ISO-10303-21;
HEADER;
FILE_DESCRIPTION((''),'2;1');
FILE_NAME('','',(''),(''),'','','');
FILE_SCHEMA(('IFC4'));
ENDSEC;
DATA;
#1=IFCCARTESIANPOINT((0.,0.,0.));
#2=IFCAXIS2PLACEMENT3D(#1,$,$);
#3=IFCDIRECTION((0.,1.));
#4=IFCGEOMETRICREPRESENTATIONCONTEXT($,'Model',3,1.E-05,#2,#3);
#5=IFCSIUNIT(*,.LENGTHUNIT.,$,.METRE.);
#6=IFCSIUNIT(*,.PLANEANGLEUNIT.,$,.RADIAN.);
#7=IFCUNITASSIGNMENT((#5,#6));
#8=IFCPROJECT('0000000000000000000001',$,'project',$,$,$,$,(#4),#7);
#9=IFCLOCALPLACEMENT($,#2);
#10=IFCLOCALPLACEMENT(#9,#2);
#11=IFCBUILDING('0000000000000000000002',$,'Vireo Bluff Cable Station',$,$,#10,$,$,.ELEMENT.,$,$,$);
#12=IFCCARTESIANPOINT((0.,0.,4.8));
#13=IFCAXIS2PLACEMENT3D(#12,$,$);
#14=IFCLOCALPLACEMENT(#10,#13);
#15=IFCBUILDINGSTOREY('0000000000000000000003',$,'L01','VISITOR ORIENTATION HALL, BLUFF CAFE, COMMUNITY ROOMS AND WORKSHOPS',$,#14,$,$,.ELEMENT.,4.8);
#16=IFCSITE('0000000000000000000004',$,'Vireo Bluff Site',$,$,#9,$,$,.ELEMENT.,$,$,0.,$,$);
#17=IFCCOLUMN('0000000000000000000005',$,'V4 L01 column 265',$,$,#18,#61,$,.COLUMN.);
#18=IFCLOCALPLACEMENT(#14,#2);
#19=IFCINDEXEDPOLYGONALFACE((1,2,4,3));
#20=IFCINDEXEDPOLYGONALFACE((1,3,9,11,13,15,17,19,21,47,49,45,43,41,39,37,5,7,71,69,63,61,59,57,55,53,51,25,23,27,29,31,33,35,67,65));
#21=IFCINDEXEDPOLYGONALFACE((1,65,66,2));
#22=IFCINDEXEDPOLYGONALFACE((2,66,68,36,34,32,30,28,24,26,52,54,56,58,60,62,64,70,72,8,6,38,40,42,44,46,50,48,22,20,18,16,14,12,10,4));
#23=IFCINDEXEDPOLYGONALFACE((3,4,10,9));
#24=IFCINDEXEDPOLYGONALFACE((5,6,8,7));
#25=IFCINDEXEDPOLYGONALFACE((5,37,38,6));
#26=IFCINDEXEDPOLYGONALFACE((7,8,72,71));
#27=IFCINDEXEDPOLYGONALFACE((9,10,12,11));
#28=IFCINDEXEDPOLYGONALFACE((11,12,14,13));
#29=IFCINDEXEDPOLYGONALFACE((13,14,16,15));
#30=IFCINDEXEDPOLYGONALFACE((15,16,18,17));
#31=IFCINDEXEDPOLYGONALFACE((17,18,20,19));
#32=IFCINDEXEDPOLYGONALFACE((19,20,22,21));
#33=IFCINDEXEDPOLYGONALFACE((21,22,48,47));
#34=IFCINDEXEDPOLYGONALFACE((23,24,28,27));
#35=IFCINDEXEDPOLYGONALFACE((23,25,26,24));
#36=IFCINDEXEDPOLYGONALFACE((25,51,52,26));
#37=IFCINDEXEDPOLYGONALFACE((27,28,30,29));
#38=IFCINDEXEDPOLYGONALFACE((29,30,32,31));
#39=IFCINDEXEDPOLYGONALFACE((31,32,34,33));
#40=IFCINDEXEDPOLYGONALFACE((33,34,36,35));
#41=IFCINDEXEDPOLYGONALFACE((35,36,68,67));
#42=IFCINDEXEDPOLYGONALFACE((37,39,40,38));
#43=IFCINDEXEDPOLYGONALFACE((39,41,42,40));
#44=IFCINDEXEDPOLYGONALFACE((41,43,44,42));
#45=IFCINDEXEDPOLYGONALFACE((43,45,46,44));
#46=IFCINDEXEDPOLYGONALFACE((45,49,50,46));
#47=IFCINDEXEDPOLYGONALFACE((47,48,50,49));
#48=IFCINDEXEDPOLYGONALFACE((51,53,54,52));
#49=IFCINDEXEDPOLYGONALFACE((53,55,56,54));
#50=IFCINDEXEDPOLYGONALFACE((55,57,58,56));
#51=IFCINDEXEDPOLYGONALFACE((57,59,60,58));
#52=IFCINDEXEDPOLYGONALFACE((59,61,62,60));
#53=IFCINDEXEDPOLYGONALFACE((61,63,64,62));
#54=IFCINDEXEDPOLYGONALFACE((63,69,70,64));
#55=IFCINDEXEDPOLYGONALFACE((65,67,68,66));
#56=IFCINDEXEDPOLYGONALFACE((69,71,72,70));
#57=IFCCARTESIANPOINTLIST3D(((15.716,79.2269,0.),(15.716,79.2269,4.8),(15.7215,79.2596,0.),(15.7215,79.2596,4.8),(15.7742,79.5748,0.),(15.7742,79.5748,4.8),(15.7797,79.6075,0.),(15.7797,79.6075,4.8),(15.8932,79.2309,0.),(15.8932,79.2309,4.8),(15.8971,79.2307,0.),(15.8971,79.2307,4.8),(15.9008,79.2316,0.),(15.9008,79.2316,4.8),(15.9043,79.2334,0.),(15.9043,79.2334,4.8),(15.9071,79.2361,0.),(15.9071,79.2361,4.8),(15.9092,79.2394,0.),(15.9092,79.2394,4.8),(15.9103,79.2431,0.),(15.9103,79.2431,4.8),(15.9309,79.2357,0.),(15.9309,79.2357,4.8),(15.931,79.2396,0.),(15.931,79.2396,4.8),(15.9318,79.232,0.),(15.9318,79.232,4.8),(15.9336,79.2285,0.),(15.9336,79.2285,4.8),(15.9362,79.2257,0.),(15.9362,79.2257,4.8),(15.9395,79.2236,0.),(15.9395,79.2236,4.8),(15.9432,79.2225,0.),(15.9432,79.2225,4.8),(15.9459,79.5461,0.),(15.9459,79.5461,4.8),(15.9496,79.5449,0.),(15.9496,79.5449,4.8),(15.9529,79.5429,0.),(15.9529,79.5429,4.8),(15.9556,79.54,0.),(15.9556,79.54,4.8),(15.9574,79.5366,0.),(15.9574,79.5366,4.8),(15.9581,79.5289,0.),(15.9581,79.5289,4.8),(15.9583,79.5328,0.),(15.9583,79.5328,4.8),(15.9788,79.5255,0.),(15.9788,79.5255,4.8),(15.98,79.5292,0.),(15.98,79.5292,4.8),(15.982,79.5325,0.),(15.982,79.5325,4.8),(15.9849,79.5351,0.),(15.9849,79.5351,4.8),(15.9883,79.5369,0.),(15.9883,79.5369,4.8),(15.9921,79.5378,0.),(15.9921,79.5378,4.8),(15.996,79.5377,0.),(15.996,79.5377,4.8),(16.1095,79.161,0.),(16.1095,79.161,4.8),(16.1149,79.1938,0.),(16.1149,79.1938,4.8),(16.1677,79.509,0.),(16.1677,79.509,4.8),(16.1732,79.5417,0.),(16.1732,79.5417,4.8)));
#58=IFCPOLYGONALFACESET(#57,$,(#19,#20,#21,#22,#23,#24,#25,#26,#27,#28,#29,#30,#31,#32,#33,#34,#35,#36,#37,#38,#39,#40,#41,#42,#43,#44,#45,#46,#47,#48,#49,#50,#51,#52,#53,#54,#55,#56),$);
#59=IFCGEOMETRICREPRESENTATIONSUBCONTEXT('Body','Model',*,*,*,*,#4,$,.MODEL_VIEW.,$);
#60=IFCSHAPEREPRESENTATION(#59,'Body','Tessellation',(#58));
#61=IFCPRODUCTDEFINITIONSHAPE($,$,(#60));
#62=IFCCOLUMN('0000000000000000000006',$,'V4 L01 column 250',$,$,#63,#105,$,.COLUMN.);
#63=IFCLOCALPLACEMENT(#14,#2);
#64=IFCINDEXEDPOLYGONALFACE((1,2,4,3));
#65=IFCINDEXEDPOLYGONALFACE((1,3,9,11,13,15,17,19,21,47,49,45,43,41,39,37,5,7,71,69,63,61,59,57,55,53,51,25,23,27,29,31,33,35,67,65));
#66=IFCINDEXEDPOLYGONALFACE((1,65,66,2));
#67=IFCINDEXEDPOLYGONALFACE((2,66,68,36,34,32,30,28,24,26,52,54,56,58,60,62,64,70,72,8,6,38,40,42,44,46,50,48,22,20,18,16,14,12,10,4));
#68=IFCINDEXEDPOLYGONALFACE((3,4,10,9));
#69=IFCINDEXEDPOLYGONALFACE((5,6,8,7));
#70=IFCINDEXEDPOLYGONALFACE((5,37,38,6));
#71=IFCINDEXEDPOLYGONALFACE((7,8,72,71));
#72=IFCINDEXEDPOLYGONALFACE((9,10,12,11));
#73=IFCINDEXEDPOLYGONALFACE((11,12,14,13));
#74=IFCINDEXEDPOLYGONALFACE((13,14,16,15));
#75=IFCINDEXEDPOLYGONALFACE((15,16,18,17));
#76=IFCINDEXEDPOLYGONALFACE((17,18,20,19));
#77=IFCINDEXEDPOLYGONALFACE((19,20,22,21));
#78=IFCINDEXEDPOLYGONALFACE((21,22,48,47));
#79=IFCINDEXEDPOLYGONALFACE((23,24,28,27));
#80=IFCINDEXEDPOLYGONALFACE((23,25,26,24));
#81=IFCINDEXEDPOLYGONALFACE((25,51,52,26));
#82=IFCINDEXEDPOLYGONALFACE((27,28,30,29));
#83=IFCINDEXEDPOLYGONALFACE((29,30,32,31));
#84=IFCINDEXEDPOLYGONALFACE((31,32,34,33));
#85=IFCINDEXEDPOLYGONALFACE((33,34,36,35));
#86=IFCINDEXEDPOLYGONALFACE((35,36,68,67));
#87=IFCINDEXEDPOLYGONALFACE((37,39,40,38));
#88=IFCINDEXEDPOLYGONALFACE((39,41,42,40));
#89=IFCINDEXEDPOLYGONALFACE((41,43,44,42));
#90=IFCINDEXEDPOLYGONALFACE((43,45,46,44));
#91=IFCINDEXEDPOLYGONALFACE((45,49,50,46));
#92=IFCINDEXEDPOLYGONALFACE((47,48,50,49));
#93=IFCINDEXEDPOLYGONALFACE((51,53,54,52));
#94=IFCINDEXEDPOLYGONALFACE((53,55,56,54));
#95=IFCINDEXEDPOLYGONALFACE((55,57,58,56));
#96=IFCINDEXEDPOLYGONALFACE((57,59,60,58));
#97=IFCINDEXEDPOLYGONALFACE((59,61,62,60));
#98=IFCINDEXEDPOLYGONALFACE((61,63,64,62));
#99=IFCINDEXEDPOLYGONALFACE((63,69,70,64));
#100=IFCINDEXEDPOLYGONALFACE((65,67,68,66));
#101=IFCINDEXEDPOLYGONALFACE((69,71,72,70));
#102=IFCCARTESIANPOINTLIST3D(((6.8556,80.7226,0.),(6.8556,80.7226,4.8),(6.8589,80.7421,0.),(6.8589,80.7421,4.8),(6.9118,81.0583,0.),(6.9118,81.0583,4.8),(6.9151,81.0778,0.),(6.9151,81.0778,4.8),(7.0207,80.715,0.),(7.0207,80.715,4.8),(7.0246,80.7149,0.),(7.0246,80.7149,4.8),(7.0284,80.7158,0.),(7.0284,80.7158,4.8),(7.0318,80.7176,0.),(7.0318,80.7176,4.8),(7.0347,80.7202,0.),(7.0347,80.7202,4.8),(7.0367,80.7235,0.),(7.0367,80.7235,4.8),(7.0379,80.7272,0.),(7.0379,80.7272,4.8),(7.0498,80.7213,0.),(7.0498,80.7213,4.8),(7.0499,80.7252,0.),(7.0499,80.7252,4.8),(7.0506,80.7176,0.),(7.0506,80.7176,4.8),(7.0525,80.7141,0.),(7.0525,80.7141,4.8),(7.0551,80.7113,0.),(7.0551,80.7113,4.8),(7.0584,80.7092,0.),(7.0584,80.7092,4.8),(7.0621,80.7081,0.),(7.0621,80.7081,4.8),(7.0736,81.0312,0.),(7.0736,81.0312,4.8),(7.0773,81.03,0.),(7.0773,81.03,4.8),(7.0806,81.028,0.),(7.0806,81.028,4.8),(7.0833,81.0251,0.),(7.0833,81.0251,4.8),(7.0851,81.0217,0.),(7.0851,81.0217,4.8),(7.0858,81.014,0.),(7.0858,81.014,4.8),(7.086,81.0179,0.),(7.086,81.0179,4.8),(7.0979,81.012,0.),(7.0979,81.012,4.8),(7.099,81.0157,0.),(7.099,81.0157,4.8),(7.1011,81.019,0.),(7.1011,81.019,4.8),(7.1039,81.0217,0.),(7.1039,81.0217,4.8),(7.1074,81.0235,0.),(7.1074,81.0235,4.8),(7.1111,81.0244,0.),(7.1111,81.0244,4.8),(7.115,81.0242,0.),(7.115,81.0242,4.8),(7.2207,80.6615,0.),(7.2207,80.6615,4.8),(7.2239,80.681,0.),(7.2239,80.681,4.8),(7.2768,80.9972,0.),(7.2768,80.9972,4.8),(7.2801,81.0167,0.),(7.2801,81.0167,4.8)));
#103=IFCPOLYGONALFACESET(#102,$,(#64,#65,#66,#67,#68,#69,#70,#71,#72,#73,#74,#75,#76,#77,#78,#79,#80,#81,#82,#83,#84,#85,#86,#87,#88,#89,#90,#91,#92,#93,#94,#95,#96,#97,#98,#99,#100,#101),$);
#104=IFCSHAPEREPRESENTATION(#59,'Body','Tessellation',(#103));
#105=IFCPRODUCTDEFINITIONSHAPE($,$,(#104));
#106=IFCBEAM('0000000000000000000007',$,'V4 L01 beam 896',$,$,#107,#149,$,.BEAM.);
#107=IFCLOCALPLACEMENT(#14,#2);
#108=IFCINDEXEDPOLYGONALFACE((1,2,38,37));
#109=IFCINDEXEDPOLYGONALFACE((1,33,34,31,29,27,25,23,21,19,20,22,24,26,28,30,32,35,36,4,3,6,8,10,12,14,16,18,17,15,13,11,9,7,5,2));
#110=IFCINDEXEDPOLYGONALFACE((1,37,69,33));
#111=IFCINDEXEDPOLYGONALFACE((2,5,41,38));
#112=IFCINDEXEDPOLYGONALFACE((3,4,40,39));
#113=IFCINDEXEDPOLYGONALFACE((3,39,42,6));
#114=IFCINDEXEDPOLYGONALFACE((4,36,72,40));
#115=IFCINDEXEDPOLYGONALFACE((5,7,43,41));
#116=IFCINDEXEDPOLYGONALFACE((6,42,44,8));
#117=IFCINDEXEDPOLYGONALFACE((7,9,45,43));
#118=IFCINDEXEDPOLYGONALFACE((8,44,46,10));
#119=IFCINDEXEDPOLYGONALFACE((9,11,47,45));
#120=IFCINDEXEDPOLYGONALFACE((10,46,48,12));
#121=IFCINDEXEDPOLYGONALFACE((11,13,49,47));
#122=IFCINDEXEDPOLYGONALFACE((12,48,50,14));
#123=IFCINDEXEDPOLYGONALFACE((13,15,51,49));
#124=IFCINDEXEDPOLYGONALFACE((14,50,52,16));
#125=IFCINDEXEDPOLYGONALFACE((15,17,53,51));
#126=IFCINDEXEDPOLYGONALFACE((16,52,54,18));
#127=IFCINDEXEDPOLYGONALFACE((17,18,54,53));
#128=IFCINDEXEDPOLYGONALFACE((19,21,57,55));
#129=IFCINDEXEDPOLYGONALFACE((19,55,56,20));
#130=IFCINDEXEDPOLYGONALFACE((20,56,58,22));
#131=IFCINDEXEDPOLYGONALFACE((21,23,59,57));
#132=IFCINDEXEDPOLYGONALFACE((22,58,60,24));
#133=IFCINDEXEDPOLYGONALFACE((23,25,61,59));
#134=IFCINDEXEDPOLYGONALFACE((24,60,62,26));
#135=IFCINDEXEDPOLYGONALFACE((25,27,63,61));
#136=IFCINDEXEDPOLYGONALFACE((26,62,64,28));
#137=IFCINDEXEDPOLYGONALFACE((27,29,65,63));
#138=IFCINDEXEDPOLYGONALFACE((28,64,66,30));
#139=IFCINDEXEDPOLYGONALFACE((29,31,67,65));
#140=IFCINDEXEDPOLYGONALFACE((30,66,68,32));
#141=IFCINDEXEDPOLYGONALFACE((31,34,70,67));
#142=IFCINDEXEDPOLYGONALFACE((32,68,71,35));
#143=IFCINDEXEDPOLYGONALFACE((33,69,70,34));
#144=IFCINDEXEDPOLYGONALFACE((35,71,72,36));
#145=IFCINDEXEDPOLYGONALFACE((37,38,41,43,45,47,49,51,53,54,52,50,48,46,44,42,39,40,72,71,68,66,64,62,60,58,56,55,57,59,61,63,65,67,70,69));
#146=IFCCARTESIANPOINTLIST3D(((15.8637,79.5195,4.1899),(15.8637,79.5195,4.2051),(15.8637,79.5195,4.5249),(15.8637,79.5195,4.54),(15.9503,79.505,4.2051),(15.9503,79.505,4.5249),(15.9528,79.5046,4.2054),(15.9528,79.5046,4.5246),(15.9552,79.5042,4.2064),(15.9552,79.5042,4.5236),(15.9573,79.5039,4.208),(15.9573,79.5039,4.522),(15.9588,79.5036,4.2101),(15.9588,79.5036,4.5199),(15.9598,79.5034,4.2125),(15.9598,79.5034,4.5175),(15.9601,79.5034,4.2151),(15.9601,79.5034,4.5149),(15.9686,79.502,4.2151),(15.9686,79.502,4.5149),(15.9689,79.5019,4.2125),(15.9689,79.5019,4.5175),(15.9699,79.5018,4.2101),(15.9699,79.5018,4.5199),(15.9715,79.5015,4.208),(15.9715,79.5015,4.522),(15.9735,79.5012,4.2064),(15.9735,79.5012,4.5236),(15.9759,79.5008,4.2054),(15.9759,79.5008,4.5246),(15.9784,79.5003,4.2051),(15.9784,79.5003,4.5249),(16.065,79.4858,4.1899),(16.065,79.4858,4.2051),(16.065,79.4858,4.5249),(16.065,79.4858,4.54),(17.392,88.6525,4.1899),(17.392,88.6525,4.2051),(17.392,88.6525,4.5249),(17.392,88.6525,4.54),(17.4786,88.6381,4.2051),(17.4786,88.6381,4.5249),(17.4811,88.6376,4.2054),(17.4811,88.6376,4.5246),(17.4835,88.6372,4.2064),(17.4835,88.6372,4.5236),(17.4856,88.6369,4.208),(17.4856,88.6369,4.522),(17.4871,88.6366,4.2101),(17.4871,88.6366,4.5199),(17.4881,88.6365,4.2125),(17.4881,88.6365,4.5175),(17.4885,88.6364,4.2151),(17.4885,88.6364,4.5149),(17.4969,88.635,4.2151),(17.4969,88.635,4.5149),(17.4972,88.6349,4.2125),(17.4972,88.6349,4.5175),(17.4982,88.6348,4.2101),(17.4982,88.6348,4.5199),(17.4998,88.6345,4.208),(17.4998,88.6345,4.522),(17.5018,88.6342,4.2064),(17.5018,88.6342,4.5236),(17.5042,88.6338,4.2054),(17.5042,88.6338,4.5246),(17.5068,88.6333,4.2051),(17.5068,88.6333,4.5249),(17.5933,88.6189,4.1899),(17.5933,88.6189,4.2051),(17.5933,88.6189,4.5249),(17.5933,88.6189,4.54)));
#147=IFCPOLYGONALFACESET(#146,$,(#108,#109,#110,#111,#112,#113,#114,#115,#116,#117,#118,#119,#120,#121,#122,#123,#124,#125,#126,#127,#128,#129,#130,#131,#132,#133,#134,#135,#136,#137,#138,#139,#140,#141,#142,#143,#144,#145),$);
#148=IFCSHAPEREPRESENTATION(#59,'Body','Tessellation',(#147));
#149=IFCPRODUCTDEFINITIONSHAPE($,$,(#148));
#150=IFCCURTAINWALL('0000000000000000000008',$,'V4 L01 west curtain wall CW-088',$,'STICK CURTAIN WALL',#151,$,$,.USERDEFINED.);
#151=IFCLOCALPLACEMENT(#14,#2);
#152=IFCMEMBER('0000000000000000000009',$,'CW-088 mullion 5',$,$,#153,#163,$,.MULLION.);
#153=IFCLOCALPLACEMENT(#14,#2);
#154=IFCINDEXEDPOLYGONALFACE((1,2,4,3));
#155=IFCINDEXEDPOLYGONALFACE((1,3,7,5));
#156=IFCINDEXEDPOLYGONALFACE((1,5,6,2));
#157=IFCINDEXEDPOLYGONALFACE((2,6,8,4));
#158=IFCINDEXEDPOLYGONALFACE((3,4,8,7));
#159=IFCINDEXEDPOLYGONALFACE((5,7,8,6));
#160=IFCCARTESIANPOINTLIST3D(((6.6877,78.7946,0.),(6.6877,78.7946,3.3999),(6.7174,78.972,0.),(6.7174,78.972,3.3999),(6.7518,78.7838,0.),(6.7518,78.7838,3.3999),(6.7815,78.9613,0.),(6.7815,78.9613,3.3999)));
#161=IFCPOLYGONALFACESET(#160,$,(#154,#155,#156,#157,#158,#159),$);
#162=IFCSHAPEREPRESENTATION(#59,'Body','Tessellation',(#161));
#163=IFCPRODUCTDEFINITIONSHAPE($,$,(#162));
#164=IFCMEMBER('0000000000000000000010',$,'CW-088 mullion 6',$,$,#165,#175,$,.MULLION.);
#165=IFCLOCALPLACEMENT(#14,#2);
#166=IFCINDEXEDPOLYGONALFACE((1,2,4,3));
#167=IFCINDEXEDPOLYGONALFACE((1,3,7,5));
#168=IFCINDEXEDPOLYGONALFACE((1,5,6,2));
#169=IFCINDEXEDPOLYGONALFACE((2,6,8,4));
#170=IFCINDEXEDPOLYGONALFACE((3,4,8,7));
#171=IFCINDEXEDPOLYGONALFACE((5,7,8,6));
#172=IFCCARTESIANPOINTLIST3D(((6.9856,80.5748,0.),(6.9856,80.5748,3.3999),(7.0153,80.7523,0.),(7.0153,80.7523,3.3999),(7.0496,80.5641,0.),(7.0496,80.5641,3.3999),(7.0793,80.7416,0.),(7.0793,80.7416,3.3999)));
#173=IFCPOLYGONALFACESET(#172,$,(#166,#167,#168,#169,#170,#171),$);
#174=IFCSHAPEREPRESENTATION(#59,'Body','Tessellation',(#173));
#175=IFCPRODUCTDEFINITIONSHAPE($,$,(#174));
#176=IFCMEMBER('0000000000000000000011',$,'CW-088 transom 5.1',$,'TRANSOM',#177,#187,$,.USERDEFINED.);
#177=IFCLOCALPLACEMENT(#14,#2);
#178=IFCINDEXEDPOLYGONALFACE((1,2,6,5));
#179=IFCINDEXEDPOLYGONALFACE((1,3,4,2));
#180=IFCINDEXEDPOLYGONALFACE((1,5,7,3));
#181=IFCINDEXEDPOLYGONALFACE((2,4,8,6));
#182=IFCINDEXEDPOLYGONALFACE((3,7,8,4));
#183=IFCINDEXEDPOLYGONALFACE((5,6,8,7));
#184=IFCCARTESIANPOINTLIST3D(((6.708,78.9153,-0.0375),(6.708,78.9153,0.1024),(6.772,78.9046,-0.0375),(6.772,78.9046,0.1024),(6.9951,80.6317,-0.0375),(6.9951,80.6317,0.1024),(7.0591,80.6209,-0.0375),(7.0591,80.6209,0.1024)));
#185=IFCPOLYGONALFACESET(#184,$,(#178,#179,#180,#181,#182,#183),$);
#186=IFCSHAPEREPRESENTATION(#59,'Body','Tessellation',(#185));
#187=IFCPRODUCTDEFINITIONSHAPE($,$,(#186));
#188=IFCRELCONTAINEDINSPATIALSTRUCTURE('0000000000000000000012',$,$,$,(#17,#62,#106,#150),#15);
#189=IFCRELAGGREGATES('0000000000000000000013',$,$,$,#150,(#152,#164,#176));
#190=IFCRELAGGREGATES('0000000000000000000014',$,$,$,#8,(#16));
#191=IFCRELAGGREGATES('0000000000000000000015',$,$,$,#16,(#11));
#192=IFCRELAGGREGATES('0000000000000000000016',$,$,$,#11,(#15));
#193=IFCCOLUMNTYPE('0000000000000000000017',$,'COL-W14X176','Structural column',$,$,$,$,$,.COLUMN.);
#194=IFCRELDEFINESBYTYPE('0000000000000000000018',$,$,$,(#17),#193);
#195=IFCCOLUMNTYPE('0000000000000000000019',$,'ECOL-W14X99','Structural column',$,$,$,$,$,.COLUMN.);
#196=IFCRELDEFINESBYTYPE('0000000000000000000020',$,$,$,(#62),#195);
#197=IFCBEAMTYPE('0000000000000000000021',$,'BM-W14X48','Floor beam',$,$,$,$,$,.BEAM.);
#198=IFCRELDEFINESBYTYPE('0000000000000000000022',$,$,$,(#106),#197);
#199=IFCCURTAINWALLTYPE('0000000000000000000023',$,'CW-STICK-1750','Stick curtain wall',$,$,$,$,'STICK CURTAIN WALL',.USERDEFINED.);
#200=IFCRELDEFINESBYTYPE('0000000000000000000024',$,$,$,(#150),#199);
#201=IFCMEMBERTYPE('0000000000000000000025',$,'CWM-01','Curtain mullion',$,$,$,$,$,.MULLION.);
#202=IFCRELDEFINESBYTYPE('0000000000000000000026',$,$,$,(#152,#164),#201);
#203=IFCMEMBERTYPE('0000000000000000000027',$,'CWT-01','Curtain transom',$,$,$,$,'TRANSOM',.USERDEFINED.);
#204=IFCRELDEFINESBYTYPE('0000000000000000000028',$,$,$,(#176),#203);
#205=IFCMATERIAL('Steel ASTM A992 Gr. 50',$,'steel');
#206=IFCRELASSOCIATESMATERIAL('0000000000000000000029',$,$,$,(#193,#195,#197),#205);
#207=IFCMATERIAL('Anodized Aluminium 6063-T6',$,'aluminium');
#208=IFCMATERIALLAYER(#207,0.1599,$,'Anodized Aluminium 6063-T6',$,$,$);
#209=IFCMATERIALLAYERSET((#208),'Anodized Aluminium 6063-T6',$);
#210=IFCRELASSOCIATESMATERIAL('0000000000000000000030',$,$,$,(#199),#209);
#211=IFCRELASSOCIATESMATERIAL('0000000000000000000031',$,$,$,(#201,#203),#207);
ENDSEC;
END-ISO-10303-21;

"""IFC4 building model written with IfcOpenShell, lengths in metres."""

from ifc_helpers import new_model, si_unit, direction, frame, origin, origin_2d, place, context, subcontext, project, spatial, rectangle, i_section, extrude, material, layer, layer_set, material_profile, profile_set, type_object, element, aggregate, save


model = new_model("IFC4")

# Units and contexts
model_context = context("Model", 3, precision=1e-05, world=origin(), true_north=direction((0.0, 1.0)))
body_context = subcontext(model_context, "Body", "Model", "MODEL_VIEW")
ifc_project = project(units=[si_unit("LENGTHUNIT", "METRE"), si_unit("PLANEANGLEUNIT", "RADIAN")], contexts=[model_context])

# Site, building, storey
site_placement = place(None, origin())
site = spatial("IfcSite", under=ifc_project, at=site_placement, Name="Vireo Bluff Site", CompositionType="ELEMENT", RefElevation=0.0)
building_placement = place(site_placement, origin())
building = spatial("IfcBuilding", under=site, at=building_placement, Name="Vireo Bluff Cable Station", CompositionType="ELEMENT")
storey_placement = place(building_placement, frame((0.0, 0.0, 4.8)))
storey = spatial("IfcBuildingStorey", under=building, at=storey_placement, Name="L01", Description="VISITOR ORIENTATION HALL, BLUFF CAFE, COMMUNITY ROOMS AND WORKSHOPS", CompositionType="ELEMENT", Elevation=4.8)

# Columns
ifc_material_1 = material(Name="Steel ASTM A992 Gr. 50", Category="steel")
ifc_material_profile_1 = material_profile(ifc_material_1, i_section(OverallWidth=0.3989, OverallDepth=0.386, WebThickness=0.021, FlangeThickness=0.0332, FilletRadius=0.0149, at=origin_2d()), Name="W14X176")
ifc_profile_set_1 = profile_set([ifc_material_profile_1], Name="Steel ASTM A992 Gr. 50")
column_type_1 = type_object("IfcColumnType", Name="COL-W14X176", Description="Structural column", PredefinedType="COLUMN", material=ifc_profile_set_1)
column_1_placement = place(storey_placement, frame((15.9446, 79.3843, 0.0), z_axis=(0.0, 0.0, 1.0), x_axis=(0.986286, -0.165048, 0.0)))
element("IfcColumn", 1, at=column_1_placement, inside=storey, type_object=column_type_1, Name="V4 L01 column 265", PredefinedType="COLUMN", context=body_context, shape_type="SweptSolid", body=[
    extrude(i_section(OverallWidth=0.3989, OverallDepth=0.386, WebThickness=0.021, FlangeThickness=0.0332, FilletRadius=0.0149, at=origin_2d()), origin(), (0.0, 0.0, 1.0), 4.8),
])
ifc_material_profile_2 = material_profile(ifc_material_1, i_section(OverallWidth=0.3701, OverallDepth=0.3601, WebThickness=0.0122, FlangeThickness=0.0198, FilletRadius=0.0149, at=origin_2d()), Name="W14X99")
ifc_profile_set_2 = profile_set([ifc_material_profile_2], Name="Steel ASTM A992 Gr. 50")
column_type_2 = type_object("IfcColumnType", Name="ECOL-W14X99", Description="Structural column", PredefinedType="COLUMN", material=ifc_profile_set_2)
column_2_placement = place(storey_placement, frame((7.0679, 80.8696, 0.0), z_axis=(0.0, 0.0, 1.0), x_axis=(0.986286, -0.165048, 0.0)))
element("IfcColumn", 2, at=column_2_placement, inside=storey, type_object=column_type_2, Name="V4 L01 column 250", PredefinedType="COLUMN", context=body_context, shape_type="SweptSolid", body=[
    extrude(i_section(OverallWidth=0.3701, OverallDepth=0.3601, WebThickness=0.0122, FlangeThickness=0.0198, FilletRadius=0.0149, at=origin_2d()), origin(), (0.0, 0.0, 1.0), 4.8),
])

# Beam
ifc_material_profile_3 = material_profile(ifc_material_1, i_section(OverallWidth=0.2041, OverallDepth=0.3501, WebThickness=0.0085, FlangeThickness=0.0151, FilletRadius=0.01, at=origin_2d()), Name="W14X48")
ifc_profile_set_3 = profile_set([ifc_material_profile_3], Name="Steel ASTM A992 Gr. 50")
beam_type_1 = type_object("IfcBeamType", Name="BM-W14X48", Description="Floor beam", PredefinedType="BEAM", material=ifc_profile_set_3)
beam_1_placement = place(storey_placement, frame((15.9644, 79.5027, 4.365), z_axis=(0.165045, 0.986286, 0.0), x_axis=(-0.986286, 0.165045, 0.0)))
element("IfcBeam", 3, at=beam_1_placement, inside=storey, type_object=beam_type_1, Name="V4 L01 beam 896", PredefinedType="BEAM", context=body_context, shape_type="SweptSolid", body=[
    extrude(i_section(OverallWidth=0.2041, OverallDepth=0.3501, WebThickness=0.0085, FlangeThickness=0.0151, FilletRadius=0.01, at=origin_2d()), origin(), (0.0, 0.0, 1.0), 9.26),
])

# Curtain wall, members
ifc_material_2 = material(Name="Anodized Aluminium 6063-T6", Category="aluminium")
ifc_layer_1 = layer(ifc_material_2, 0.1599, Name="Anodized Aluminium 6063-T6")
ifc_layer_set_1 = layer_set([ifc_layer_1], Name="Anodized Aluminium 6063-T6")
curtain_wall_type = type_object("IfcCurtainWallType", Name="CW-STICK-1750", Description="Stick curtain wall", ElementType="STICK CURTAIN WALL", PredefinedType="USERDEFINED", material=ifc_layer_set_1)
curtain_wall_placement = place(storey_placement, origin())
curtain_wall = element("IfcCurtainWall", 4, at=curtain_wall_placement, inside=storey, type_object=curtain_wall_type, Name="V4 L01 west curtain wall CW-088", ObjectType="STICK CURTAIN WALL", PredefinedType="USERDEFINED")
ifc_material_profile_4 = material_profile(ifc_material_2, rectangle(XDim=0.0649, YDim=0.1799, at=origin_2d()), Name="ALU-M-65X180")
ifc_profile_set_4 = profile_set([ifc_material_profile_4], Name="Anodized Aluminium 6063-T6")
member_type_1 = type_object("IfcMemberType", Name="CWM-01", Description="Curtain mullion", PredefinedType="MULLION", material=ifc_profile_set_4)
member_1_placement = place(storey_placement, frame((6.7346, 78.8779, 0.0), z_axis=(0.0, 0.0, 1.0), x_axis=(-0.986286, 0.165048, 0.0)))
member_1 = element("IfcMember", 5, at=member_1_placement, type_object=member_type_1, Name="CW-088 mullion 5", PredefinedType="MULLION", context=body_context, shape_type="SweptSolid", body=[
    extrude(rectangle(XDim=0.0649, YDim=0.1799, at=origin_2d()), origin(), (0.0, 0.0, 1.0), 3.3999),
])
member_2_placement = place(storey_placement, frame((7.0325, 80.6582, 0.0), z_axis=(0.0, 0.0, 1.0), x_axis=(-0.986286, 0.165048, 0.0)))
member_2 = element("IfcMember", 6, at=member_2_placement, type_object=member_type_1, Name="CW-088 mullion 6", PredefinedType="MULLION", context=body_context, shape_type="SweptSolid", body=[
    extrude(rectangle(XDim=0.0649, YDim=0.1799, at=origin_2d()), origin(), (0.0, 0.0, 1.0), 3.3999),
])
ifc_material_profile_5 = material_profile(ifc_material_2, rectangle(XDim=0.0649, YDim=0.1399, at=origin_2d()), Name="ALU-T-65X140")
ifc_profile_set_5 = profile_set([ifc_material_profile_5], Name="Anodized Aluminium 6063-T6")
member_type_2 = type_object("IfcMemberType", Name="CWT-01", Description="Curtain transom", ElementType="TRANSOM", PredefinedType="USERDEFINED", material=ifc_profile_set_5)
member_3_placement = place(storey_placement, frame((6.74, 78.9099, 0.0325), z_axis=(0.16499, 0.986295, 0.0), x_axis=(-0.986295, 0.16499, 0.0)))
member_3 = element("IfcMember", 7, at=member_3_placement, type_object=member_type_2, Name="CW-088 transom 5.1", ObjectType="TRANSOM", PredefinedType="USERDEFINED", context=body_context, shape_type="SweptSolid", body=[
    extrude(rectangle(XDim=0.0649, YDim=0.1399, at=origin_2d()), origin(), (0.0, 0.0, 1.0), 1.7402),
])

aggregate(curtain_wall, [member_1, member_2, member_3])

save(model, "model.ifc")
